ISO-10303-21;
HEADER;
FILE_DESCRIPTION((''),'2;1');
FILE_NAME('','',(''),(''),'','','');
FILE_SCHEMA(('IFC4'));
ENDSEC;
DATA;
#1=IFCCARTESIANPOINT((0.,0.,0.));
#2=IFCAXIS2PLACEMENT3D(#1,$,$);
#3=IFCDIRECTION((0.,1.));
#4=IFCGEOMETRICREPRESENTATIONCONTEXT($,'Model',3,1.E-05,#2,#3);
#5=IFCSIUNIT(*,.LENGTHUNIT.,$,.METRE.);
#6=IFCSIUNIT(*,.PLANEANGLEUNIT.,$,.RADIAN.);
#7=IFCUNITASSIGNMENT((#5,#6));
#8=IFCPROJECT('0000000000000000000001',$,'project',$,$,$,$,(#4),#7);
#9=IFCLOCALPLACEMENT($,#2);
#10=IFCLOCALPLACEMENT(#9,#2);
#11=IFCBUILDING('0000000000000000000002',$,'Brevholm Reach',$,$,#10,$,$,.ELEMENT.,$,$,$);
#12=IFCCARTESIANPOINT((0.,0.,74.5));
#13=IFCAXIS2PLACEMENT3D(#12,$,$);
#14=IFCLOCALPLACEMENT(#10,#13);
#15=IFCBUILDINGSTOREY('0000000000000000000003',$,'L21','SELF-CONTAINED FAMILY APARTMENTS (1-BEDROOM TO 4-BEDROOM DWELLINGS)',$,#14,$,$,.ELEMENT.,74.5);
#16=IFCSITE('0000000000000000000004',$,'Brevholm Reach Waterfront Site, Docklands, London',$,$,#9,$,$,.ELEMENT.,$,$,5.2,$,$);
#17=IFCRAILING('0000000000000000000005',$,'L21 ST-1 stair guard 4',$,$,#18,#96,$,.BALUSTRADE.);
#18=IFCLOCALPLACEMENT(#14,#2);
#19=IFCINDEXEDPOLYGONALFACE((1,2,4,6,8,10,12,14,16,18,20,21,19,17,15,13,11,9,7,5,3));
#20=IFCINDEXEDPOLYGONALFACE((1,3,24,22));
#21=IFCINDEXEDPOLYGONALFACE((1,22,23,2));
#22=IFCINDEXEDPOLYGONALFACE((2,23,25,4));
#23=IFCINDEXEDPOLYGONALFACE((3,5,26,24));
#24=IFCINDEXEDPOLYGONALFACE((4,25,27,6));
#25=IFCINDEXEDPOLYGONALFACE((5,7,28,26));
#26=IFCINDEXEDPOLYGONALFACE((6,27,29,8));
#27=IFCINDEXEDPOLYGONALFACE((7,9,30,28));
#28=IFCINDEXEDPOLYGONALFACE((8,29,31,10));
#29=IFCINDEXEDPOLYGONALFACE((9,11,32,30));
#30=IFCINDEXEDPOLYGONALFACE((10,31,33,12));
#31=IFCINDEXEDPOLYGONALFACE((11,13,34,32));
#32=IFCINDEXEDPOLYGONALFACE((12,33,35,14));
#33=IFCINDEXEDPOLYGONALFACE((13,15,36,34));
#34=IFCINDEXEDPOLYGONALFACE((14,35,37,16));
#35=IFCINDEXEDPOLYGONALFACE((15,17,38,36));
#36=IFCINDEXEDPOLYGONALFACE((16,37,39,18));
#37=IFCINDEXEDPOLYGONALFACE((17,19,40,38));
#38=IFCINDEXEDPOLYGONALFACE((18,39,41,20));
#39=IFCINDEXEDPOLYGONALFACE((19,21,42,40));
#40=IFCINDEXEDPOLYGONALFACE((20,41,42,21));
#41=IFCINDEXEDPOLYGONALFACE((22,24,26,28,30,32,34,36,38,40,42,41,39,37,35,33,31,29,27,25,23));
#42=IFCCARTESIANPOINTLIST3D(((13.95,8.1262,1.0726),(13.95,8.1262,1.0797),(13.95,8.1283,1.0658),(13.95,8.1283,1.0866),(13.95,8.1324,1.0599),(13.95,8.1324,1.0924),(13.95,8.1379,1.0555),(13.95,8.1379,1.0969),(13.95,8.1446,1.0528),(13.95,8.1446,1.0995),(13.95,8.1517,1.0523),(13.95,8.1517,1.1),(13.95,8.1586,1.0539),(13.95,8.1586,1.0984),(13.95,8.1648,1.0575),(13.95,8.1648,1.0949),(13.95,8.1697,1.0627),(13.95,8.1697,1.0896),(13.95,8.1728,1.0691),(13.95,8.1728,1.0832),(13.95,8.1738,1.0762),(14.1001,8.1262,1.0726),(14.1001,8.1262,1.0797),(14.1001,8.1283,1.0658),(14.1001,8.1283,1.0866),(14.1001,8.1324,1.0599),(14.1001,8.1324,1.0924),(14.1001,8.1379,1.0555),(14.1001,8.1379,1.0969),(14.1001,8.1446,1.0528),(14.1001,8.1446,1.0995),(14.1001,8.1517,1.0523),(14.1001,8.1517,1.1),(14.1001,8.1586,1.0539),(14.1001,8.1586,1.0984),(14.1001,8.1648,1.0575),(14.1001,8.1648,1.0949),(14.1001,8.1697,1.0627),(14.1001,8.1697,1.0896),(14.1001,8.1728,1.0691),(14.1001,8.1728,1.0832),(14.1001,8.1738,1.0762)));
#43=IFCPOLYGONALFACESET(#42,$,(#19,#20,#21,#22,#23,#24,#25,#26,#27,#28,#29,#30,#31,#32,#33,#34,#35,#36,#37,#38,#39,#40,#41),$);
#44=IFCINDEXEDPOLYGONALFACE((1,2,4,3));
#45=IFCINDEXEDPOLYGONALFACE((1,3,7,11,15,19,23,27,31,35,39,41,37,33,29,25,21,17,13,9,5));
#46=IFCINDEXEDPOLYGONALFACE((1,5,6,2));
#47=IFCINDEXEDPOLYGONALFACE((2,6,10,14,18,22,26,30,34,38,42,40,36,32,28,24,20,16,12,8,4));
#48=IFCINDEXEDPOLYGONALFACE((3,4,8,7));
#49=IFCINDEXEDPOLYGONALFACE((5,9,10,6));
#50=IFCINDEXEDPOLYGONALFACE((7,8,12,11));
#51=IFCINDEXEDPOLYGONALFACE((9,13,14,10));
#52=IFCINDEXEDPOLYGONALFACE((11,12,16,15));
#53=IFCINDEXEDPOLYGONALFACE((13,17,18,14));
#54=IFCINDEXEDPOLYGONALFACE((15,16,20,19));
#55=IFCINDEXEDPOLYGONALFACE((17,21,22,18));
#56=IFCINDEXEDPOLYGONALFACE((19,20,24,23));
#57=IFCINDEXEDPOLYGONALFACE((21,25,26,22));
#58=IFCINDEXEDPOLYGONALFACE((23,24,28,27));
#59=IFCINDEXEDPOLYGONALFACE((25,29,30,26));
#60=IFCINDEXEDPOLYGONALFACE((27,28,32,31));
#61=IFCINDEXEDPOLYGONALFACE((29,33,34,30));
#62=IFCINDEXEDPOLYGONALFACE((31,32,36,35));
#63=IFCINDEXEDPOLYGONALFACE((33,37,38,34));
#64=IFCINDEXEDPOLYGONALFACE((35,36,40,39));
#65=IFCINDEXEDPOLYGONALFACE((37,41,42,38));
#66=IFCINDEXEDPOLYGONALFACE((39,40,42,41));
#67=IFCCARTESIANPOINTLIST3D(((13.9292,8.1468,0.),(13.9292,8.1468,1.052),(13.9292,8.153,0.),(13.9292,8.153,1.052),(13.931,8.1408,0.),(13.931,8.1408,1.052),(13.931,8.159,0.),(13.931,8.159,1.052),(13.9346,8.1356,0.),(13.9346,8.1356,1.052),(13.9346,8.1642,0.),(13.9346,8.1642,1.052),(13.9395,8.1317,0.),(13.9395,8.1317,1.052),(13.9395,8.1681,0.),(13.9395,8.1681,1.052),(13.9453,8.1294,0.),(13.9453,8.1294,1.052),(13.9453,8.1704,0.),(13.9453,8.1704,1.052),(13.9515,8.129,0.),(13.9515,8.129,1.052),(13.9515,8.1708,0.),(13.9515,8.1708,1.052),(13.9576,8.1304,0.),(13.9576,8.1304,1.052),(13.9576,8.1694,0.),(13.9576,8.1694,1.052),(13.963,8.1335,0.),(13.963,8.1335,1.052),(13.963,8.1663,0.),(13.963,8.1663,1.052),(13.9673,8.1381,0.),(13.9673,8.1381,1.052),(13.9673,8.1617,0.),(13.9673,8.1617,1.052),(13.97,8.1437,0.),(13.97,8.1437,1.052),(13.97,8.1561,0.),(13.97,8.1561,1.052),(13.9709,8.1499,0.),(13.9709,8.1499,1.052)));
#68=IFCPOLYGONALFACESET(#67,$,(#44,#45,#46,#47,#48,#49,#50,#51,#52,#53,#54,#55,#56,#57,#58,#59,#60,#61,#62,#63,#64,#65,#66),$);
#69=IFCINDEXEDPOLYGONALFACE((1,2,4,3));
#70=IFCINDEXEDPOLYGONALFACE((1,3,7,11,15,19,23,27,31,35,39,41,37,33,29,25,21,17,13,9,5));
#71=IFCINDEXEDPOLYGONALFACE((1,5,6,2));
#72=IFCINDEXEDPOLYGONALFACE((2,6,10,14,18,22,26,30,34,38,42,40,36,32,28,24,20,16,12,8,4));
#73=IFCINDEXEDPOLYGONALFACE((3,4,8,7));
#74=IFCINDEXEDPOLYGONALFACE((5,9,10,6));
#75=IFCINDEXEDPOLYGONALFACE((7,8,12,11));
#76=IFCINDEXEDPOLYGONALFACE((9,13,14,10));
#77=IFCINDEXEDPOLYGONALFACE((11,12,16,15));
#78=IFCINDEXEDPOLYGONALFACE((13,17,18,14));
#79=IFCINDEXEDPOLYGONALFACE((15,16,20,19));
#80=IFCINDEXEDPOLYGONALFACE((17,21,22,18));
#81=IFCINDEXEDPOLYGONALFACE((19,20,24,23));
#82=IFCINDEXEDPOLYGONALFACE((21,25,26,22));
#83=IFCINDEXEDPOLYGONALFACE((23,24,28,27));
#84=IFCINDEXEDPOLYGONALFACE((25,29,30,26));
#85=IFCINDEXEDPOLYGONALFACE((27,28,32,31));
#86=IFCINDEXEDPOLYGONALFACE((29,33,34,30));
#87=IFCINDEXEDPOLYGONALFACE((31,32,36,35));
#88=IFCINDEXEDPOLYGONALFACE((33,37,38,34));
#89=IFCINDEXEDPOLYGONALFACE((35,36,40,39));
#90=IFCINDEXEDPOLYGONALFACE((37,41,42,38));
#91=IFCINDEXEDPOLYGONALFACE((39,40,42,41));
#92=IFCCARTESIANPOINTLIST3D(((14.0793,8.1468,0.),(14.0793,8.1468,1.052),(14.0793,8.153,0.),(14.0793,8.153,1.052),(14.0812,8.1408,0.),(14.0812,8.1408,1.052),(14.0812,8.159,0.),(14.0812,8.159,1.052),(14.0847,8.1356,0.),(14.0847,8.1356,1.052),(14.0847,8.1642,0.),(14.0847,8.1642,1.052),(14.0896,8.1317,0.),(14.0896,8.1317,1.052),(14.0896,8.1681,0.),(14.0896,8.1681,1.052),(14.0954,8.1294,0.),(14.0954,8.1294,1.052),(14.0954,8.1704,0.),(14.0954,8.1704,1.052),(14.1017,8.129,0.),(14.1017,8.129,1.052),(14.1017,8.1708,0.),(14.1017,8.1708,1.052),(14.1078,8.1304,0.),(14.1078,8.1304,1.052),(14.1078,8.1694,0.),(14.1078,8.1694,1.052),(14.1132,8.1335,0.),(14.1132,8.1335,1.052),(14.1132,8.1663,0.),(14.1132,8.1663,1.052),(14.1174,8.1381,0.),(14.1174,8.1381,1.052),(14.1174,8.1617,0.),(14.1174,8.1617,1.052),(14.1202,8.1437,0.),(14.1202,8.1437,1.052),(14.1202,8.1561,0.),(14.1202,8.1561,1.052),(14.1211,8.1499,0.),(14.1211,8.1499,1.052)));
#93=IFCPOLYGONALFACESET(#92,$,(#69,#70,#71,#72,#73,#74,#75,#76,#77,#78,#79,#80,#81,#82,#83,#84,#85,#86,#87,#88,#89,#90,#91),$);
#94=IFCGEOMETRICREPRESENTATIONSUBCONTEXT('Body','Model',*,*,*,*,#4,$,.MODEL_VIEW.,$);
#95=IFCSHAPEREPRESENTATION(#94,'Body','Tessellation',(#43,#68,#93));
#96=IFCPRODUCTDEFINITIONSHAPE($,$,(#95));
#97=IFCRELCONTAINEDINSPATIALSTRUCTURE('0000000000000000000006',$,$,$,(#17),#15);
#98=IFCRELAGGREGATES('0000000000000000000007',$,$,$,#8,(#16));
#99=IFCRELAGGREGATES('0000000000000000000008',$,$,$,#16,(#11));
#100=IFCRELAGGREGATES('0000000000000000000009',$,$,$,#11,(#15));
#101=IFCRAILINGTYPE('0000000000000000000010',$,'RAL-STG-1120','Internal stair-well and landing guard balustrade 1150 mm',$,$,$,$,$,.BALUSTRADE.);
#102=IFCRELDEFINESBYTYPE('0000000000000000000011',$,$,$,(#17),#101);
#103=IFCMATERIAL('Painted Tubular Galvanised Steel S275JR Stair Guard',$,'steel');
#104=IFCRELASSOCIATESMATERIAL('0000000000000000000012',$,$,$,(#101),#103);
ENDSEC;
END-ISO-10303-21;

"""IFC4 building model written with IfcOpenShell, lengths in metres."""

from ifc_helpers import new_model, si_unit, direction, frame, origin, origin_2d, place, context, subcontext, project, spatial, circle, extrude, material, type_object, element, save


model = new_model("IFC4")

# Units and contexts
model_context = context("Model", 3, precision=1e-05, world=origin(), true_north=direction((0.0, 1.0)))
body_context = subcontext(model_context, "Body", "Model", "MODEL_VIEW")
ifc_project = project(units=[si_unit("LENGTHUNIT", "METRE"), si_unit("PLANEANGLEUNIT", "RADIAN")], contexts=[model_context])

# Site, building, storey
site_placement = place(None, origin())
site = spatial("IfcSite", under=ifc_project, at=site_placement, Name="Brevholm Reach Waterfront Site, Docklands, London", CompositionType="ELEMENT", RefElevation=5.2)
building_placement = place(site_placement, origin())
building = spatial("IfcBuilding", under=site, at=building_placement, Name="Brevholm Reach", CompositionType="ELEMENT")
storey_placement = place(building_placement, frame((0.0, 0.0, 74.5)))
storey = spatial("IfcBuildingStorey", under=building, at=storey_placement, Name="L21", Description="SELF-CONTAINED FAMILY APARTMENTS (1-BEDROOM TO 4-BEDROOM DWELLINGS)", CompositionType="ELEMENT", Elevation=74.5)

# Railing
ifc_material_1 = material(Name="Painted Tubular Galvanised Steel S275JR Stair Guard", Category="steel")
railing_type_1 = type_object("IfcRailingType", Name="RAL-STG-1120", Description="Internal stair-well and landing guard balustrade 1150 mm", PredefinedType="BALUSTRADE", material=ifc_material_1)
railing_1_placement = place(storey_placement, frame((13.95, 8.1499, 0.0)))
element("IfcRailing", 1, at=railing_1_placement, inside=storey, type_object=railing_type_1, Name="L21 ST-1 stair guard 4", PredefinedType="BALUSTRADE", context=body_context, shape_type="SweptSolid", body=[
    extrude(circle(Radius=0.0239, at=origin_2d()), frame((0.0, 0.0, 1.0762), z_axis=(1.0, 0.0, 0.0), x_axis=(0.0, 1.0, 0.0)), (0.0, 0.0, 1.0), 0.1501),
    extrude(circle(Radius=0.021, at=origin_2d()), origin(), (0.0, 0.0, 1.0), 1.052),
    extrude(circle(Radius=0.021, at=origin_2d()), frame((0.1501, 0.0, 0.0)), (0.0, 0.0, 1.0), 1.052),
])

save(model, "model.ifc")
